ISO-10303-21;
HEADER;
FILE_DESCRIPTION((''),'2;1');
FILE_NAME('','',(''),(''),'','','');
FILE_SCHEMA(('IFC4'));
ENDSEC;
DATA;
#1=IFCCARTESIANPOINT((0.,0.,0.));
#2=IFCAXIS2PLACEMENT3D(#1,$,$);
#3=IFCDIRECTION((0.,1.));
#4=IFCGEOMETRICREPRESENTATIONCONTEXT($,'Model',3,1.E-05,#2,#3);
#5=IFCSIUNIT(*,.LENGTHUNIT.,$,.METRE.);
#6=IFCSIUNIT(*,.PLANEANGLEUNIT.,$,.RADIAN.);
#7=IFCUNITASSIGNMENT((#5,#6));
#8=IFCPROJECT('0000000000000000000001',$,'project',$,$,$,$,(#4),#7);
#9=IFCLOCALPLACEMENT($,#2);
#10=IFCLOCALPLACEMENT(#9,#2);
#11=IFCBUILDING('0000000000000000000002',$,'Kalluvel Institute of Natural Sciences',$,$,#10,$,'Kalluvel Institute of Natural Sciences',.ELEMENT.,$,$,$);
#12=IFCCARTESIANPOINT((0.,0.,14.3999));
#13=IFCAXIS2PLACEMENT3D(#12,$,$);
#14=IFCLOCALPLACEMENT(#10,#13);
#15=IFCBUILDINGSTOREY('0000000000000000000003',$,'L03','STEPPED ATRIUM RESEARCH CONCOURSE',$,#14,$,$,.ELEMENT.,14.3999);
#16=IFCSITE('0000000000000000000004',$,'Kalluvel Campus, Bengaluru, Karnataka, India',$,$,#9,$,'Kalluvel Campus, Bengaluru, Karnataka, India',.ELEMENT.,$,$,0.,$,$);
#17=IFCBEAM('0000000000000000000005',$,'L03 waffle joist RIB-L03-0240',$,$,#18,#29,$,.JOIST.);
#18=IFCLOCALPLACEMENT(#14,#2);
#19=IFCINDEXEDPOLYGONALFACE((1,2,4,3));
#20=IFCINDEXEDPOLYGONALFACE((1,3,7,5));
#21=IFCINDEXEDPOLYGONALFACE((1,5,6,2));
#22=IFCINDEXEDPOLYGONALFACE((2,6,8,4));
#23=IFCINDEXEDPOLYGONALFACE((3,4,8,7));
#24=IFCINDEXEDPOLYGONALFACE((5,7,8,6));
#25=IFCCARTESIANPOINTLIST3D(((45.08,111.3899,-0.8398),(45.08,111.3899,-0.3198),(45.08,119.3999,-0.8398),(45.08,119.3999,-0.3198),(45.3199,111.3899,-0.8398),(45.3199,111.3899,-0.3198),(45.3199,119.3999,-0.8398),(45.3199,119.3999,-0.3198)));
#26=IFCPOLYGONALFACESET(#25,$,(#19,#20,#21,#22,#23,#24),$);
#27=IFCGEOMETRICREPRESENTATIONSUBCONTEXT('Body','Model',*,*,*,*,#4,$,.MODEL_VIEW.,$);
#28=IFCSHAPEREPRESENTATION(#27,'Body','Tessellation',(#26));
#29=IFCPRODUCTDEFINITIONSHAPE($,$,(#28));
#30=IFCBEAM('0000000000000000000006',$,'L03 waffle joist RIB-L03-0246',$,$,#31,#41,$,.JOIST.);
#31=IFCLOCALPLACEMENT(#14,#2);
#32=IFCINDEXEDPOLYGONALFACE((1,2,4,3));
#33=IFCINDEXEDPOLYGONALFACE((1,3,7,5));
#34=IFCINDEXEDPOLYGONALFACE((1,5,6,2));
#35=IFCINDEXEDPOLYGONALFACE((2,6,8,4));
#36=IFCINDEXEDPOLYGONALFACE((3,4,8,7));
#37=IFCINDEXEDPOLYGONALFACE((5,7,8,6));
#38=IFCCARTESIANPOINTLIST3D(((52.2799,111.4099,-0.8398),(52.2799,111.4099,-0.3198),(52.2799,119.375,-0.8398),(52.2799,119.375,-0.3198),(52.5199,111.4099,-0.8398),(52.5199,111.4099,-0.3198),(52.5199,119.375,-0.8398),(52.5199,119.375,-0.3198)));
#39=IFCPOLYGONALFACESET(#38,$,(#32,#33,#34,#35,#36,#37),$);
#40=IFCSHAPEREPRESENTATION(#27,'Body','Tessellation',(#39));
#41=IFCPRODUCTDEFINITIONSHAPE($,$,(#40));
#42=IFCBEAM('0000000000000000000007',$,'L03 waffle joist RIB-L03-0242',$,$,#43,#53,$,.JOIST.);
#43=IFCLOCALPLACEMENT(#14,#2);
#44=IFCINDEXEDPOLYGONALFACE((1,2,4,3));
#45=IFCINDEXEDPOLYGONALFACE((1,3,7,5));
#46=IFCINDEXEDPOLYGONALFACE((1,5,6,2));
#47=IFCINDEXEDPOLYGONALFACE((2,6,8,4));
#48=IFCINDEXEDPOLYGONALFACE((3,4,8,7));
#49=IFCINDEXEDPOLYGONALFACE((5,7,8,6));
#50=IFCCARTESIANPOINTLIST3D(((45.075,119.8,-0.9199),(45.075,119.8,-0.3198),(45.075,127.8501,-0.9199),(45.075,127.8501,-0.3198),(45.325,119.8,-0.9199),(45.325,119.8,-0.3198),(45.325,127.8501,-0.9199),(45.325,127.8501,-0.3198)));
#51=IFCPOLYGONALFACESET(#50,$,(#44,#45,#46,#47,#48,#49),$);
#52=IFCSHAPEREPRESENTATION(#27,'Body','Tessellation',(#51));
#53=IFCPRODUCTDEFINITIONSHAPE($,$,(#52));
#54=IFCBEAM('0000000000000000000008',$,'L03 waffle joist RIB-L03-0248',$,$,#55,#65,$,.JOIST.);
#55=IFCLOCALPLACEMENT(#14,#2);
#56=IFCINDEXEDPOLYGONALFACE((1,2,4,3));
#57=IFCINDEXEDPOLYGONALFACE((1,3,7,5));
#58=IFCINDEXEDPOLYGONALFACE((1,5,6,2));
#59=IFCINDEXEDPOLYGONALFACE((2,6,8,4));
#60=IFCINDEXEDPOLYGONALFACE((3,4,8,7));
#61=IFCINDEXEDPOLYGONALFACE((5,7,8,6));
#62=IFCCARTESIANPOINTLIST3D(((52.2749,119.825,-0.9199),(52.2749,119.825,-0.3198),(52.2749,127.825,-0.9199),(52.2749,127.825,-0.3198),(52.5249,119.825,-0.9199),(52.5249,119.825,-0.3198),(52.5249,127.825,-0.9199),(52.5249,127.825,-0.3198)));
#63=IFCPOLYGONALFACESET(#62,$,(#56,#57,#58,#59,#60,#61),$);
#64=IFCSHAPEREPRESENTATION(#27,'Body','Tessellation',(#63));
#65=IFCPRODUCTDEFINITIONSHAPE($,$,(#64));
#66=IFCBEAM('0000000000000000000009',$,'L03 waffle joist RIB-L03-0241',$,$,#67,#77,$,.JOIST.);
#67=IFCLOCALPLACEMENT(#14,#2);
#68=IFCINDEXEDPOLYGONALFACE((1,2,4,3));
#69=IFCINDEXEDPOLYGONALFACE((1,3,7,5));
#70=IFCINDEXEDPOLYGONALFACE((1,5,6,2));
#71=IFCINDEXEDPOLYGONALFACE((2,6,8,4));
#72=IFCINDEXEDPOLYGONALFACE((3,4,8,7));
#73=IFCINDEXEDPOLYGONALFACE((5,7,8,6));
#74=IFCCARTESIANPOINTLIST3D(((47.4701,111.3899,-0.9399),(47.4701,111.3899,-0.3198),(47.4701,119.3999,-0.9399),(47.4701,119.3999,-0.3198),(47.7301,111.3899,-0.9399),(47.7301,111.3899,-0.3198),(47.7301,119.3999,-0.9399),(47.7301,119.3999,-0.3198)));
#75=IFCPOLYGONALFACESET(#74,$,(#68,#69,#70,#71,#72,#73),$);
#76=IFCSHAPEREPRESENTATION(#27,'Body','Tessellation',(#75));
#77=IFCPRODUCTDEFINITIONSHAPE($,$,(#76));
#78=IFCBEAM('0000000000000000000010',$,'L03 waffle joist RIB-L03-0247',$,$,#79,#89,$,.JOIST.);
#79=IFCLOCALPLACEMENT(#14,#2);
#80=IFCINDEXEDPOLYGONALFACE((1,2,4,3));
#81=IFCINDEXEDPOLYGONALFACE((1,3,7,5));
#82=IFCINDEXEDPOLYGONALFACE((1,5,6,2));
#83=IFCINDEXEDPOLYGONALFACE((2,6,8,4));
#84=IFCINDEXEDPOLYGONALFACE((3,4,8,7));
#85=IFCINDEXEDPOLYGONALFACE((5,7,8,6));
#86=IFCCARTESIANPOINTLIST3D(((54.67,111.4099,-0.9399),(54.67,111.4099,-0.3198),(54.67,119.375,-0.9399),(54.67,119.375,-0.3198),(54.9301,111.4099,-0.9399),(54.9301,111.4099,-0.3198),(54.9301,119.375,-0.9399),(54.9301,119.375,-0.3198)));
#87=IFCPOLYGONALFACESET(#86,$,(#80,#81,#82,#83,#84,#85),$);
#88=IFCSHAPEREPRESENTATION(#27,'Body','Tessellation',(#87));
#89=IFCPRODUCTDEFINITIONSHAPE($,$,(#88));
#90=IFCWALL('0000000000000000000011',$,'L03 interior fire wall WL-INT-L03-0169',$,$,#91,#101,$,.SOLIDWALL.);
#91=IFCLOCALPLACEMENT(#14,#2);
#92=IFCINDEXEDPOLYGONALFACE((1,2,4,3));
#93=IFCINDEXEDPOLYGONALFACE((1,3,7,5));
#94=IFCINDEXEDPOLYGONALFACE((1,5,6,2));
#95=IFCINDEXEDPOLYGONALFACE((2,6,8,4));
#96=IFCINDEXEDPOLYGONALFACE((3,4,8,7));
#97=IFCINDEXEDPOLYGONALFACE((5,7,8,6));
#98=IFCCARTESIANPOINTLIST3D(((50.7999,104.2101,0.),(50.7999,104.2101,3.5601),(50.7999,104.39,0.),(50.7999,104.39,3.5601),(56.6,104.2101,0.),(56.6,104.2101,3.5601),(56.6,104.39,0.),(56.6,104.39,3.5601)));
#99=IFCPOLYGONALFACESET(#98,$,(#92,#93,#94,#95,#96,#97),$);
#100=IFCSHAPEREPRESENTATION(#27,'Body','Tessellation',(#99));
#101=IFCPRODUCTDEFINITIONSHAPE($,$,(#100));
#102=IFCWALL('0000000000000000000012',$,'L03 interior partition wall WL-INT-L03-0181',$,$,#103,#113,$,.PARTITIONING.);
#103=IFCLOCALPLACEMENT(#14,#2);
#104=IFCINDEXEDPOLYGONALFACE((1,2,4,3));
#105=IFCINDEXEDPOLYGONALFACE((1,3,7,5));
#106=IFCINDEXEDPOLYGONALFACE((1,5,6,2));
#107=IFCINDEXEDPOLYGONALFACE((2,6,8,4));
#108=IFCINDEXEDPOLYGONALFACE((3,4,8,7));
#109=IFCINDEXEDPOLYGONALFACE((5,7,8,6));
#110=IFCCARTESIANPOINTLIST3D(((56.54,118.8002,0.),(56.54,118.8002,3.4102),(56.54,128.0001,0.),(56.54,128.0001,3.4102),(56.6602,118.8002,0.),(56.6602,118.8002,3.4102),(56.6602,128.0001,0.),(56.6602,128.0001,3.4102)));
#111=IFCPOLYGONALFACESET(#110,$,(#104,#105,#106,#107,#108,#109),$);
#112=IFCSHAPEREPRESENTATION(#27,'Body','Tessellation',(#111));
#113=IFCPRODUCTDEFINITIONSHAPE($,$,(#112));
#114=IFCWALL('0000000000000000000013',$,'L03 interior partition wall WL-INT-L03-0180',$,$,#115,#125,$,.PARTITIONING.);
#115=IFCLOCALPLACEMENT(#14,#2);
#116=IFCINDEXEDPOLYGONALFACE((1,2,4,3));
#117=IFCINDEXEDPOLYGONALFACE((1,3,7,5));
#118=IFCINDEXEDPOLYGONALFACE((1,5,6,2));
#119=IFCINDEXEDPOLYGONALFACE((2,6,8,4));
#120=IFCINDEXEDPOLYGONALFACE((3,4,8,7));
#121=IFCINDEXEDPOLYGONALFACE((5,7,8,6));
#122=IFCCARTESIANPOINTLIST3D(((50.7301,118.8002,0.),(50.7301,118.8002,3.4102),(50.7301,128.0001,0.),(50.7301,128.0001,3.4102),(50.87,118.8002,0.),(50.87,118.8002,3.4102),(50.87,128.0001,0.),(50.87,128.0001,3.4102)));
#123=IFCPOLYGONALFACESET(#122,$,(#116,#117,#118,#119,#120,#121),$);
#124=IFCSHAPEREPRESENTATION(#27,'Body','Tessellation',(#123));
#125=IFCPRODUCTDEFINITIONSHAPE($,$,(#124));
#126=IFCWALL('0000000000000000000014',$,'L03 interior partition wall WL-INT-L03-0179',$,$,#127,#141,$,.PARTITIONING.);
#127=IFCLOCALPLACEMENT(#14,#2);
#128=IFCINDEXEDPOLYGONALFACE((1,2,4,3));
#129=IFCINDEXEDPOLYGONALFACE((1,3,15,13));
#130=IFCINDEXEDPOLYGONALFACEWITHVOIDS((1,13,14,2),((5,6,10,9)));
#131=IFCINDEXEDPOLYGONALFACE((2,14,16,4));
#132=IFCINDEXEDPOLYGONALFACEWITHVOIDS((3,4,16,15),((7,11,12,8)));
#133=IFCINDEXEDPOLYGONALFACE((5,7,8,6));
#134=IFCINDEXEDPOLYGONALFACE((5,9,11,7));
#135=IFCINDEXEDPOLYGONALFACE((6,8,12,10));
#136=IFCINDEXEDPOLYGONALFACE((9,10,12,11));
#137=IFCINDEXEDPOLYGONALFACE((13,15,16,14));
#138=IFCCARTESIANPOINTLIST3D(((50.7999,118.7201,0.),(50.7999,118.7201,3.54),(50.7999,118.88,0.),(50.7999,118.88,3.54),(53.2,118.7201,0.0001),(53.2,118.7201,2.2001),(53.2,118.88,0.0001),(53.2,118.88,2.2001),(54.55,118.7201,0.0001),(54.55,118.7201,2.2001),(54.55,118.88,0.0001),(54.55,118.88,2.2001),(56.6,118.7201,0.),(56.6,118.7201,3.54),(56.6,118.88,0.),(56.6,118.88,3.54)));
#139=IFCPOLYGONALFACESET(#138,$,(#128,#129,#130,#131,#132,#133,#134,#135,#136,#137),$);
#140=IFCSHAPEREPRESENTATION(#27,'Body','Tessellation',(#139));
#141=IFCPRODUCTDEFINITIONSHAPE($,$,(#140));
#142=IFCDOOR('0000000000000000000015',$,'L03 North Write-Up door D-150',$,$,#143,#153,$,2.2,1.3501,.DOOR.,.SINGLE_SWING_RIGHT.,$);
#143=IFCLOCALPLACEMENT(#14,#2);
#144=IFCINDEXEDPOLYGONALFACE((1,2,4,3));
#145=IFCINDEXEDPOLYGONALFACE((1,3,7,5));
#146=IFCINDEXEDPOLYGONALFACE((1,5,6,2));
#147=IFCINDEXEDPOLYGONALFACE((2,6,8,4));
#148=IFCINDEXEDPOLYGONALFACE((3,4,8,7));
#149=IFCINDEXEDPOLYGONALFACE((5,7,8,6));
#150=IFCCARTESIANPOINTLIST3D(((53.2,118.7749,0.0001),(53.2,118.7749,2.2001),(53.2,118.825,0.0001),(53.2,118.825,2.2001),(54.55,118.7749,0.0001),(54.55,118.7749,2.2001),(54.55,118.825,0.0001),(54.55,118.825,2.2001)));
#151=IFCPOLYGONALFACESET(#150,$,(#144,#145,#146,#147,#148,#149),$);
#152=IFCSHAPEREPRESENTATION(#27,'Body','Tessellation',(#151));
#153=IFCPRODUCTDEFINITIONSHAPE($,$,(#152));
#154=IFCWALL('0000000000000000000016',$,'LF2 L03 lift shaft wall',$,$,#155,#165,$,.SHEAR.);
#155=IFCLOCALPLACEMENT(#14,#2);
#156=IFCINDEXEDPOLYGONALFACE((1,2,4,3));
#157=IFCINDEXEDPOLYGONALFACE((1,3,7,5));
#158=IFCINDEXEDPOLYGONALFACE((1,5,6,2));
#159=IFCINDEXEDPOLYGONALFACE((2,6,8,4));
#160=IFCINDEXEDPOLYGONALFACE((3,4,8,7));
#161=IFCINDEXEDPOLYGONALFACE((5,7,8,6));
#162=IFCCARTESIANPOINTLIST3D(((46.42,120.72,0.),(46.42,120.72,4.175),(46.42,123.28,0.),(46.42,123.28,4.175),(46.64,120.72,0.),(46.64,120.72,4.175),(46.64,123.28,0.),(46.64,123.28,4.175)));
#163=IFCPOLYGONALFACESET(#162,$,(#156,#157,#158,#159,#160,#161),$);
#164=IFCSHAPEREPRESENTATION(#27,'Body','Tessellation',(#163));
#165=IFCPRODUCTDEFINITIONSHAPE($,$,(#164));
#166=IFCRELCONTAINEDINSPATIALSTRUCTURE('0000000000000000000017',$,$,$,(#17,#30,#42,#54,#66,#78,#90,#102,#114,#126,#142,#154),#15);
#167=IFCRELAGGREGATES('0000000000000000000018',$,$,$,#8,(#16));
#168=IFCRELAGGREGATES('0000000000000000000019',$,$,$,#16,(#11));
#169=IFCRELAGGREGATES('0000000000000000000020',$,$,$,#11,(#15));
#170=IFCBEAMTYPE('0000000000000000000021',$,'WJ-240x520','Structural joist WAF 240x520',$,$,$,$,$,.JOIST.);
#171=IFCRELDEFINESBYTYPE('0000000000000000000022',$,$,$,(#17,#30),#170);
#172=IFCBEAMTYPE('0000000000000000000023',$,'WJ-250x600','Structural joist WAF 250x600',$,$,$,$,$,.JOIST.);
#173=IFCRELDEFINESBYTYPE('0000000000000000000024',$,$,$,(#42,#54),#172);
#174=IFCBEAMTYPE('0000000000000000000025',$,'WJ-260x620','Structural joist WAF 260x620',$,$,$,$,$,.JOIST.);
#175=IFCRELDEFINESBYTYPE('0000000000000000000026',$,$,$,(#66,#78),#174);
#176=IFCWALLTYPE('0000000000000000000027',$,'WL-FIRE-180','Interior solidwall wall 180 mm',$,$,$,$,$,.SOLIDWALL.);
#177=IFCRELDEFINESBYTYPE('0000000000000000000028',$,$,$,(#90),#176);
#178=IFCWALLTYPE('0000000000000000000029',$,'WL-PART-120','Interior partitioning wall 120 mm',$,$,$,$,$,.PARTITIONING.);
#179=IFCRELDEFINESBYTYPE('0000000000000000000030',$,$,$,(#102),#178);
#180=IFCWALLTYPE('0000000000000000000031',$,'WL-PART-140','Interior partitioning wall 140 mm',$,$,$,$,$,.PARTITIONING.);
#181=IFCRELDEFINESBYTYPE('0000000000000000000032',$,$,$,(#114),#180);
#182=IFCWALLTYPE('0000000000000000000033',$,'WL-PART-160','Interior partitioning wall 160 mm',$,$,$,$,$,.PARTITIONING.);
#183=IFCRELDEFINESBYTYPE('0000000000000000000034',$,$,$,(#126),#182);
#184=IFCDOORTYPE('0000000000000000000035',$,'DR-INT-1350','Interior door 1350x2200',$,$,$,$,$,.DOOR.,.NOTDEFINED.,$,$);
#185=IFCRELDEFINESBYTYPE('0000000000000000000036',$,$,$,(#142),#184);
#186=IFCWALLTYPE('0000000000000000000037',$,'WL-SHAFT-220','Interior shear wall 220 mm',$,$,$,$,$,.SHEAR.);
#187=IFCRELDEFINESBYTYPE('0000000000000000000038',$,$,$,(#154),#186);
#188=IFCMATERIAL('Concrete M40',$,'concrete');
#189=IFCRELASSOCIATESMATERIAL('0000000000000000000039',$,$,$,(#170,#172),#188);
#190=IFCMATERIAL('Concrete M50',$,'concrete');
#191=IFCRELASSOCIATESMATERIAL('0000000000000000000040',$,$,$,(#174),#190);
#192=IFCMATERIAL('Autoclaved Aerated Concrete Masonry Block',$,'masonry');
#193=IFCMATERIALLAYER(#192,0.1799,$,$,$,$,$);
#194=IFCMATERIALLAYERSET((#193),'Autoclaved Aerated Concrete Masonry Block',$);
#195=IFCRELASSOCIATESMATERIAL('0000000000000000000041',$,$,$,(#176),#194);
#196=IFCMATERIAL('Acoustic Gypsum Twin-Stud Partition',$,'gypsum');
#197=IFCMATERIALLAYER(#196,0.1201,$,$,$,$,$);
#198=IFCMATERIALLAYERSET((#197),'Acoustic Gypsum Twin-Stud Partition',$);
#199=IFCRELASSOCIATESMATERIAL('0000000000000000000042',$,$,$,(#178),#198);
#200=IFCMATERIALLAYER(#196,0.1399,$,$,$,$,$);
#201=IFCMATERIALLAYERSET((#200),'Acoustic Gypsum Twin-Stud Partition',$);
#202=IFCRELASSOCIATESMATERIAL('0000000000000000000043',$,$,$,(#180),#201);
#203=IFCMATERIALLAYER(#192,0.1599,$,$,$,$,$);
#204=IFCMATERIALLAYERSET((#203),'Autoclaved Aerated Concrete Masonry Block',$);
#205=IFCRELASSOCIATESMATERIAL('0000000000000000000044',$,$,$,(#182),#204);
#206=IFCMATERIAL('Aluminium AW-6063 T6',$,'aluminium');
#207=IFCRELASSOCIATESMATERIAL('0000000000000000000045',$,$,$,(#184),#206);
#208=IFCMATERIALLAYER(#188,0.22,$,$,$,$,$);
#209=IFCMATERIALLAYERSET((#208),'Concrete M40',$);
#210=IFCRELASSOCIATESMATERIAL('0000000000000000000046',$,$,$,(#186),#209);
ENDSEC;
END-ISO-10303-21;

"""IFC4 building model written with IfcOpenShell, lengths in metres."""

from ifc_helpers import new_model, si_unit, direction, frame, frame_2d, origin, origin_2d, place, context, subcontext, project, spatial, rectangle, extrude, material, layer, layer_set, material_profile, profile_set, type_object, element, fill, save


model = new_model("IFC4")

# Units and contexts
model_context = context("Model", 3, precision=1e-05, world=origin(), true_north=direction((0.0, 1.0)))
body_context = subcontext(model_context, "Body", "Model", "MODEL_VIEW")
ifc_project = project(units=[si_unit("LENGTHUNIT", "METRE"), si_unit("PLANEANGLEUNIT", "RADIAN")], contexts=[model_context])

# Site, building, storey
site_placement = place(None, origin())
site = spatial("IfcSite", under=ifc_project, at=site_placement, Name="Kalluvel Campus, Bengaluru, Karnataka, India", LongName="Kalluvel Campus, Bengaluru, Karnataka, India", CompositionType="ELEMENT", RefElevation=0.0)
building_placement = place(site_placement, origin())
building = spatial("IfcBuilding", under=site, at=building_placement, Name="Kalluvel Institute of Natural Sciences", LongName="Kalluvel Institute of Natural Sciences", CompositionType="ELEMENT")
storey_placement = place(building_placement, frame((0.0, 0.0, 14.3999)))
storey = spatial("IfcBuildingStorey", under=building, at=storey_placement, Name="L03", Description="STEPPED ATRIUM RESEARCH CONCOURSE", CompositionType="ELEMENT", Elevation=14.3999)

# Shared definitions
ifc_material_1 = material(Name="Concrete M50", Category="concrete")

# Beams
ifc_material_2 = material(Name="Concrete M40", Category="concrete")
ifc_material_profile_1 = material_profile(ifc_material_2, rectangle(XDim=0.24, YDim=0.52, at=origin_2d()), Name="WAF 240x520")
ifc_profile_set_1 = profile_set([ifc_material_profile_1], Name="Concrete M40")
beam_type_1 = type_object("IfcBeamType", Name="WJ-240x520", Description="Structural joist WAF 240x520", PredefinedType="JOIST", material=ifc_profile_set_1)
beam_1_placement = place(storey_placement, frame((45.2, 111.3899, -0.5798), z_axis=(0.0, 1.0, 0.0), x_axis=(-1.0, 0.0, 0.0)))
element("IfcBeam", 1, at=beam_1_placement, inside=storey, type_object=beam_type_1, Name="L03 waffle joist RIB-L03-0240", PredefinedType="JOIST", context=body_context, shape_type="SweptSolid", body=[
    extrude(rectangle(XDim=0.24, YDim=0.52, at=origin_2d()), origin(), (0.0, 0.0, 1.0), 8.01),
])
beam_2_placement = place(storey_placement, frame((52.3999, 111.4099, -0.5798), z_axis=(0.0, 1.0, 0.0), x_axis=(-1.0, 0.0, 0.0)))
element("IfcBeam", 2, at=beam_2_placement, inside=storey, type_object=beam_type_1, Name="L03 waffle joist RIB-L03-0246", PredefinedType="JOIST", context=body_context, shape_type="SweptSolid", body=[
    extrude(rectangle(XDim=0.24, YDim=0.52, at=origin_2d()), origin(), (0.0, 0.0, 1.0), 7.9651),
])
ifc_material_profile_2 = material_profile(ifc_material_2, rectangle(XDim=0.25, YDim=0.6001, at=origin_2d()), Name="WAF 250x600")
ifc_profile_set_2 = profile_set([ifc_material_profile_2], Name="Concrete M40")
beam_type_2 = type_object("IfcBeamType", Name="WJ-250x600", Description="Structural joist WAF 250x600", PredefinedType="JOIST", material=ifc_profile_set_2)
beam_3_placement = place(storey_placement, frame((45.2, 119.8, -0.6199), z_axis=(0.0, 1.0, 0.0), x_axis=(-1.0, 0.0, 0.0)))
element("IfcBeam", 3, at=beam_3_placement, inside=storey, type_object=beam_type_2, Name="L03 waffle joist RIB-L03-0242", PredefinedType="JOIST", context=body_context, shape_type="SweptSolid", body=[
    extrude(rectangle(XDim=0.25, YDim=0.6001, at=origin_2d()), origin(), (0.0, 0.0, 1.0), 8.05),
])
beam_4_placement = place(storey_placement, frame((52.3999, 119.825, -0.6199), z_axis=(0.0, 1.0, 0.0), x_axis=(-1.0, 0.0, 0.0)))
element("IfcBeam", 4, at=beam_4_placement, inside=storey, type_object=beam_type_2, Name="L03 waffle joist RIB-L03-0248", PredefinedType="JOIST", context=body_context, shape_type="SweptSolid", body=[
    extrude(rectangle(XDim=0.25, YDim=0.6001, at=origin_2d()), origin(), (0.0, 0.0, 1.0), 8.0),
])
ifc_material_profile_3 = material_profile(ifc_material_1, rectangle(XDim=0.26, YDim=0.6201, at=origin_2d()), Name="WAF 260x620")
ifc_profile_set_3 = profile_set([ifc_material_profile_3], Name="Concrete M50")
beam_type_3 = type_object("IfcBeamType", Name="WJ-260x620", Description="Structural joist WAF 260x620", PredefinedType="JOIST", material=ifc_profile_set_3)
beam_5_placement = place(storey_placement, frame((47.6001, 111.3899, -0.6299), z_axis=(0.0, 1.0, 0.0), x_axis=(-1.0, 0.0, 0.0)))
element("IfcBeam", 5, at=beam_5_placement, inside=storey, type_object=beam_type_3, Name="L03 waffle joist RIB-L03-0241", PredefinedType="JOIST", context=body_context, shape_type="SweptSolid", body=[
    extrude(rectangle(XDim=0.26, YDim=0.6201, at=origin_2d()), origin(), (0.0, 0.0, 1.0), 8.01),
])
beam_6_placement = place(storey_placement, frame((54.8, 111.4099, -0.6299), z_axis=(0.0, 1.0, 0.0), x_axis=(-1.0, 0.0, 0.0)))
element("IfcBeam", 6, at=beam_6_placement, inside=storey, type_object=beam_type_3, Name="L03 waffle joist RIB-L03-0247", PredefinedType="JOIST", context=body_context, shape_type="SweptSolid", body=[
    extrude(rectangle(XDim=0.26, YDim=0.6201, at=origin_2d()), origin(), (0.0, 0.0, 1.0), 7.9651),
])

# Walls
ifc_material_3 = material(Name="Autoclaved Aerated Concrete Masonry Block", Category="masonry")
ifc_layer_1 = layer(ifc_material_3, 0.1799)
ifc_layer_set_1 = layer_set([ifc_layer_1], Name="Autoclaved Aerated Concrete Masonry Block")
wall_type_1 = type_object("IfcWallType", Name="WL-FIRE-180", Description="Interior solidwall wall 180 mm", PredefinedType="SOLIDWALL", material=ifc_layer_set_1)
wall_1_placement = place(storey_placement, frame((50.8, 104.3, 0.0), z_axis=(0.0, 0.0, 1.0), x_axis=(1.0, 0.0, 0.0)))
element("IfcWall", 7, at=wall_1_placement, inside=storey, type_object=wall_type_1, Name="L03 interior fire wall WL-INT-L03-0169", PredefinedType="SOLIDWALL", context=body_context, shape_type="SweptSolid", body=[
    extrude(rectangle(XDim=5.8, YDim=0.1799, at=frame_2d((2.8999, 0.0))), origin(), (0.0, 0.0, 1.0), 3.5601),
])
ifc_material_4 = material(Name="Acoustic Gypsum Twin-Stud Partition", Category="gypsum")
ifc_layer_2 = layer(ifc_material_4, 0.1201)
ifc_layer_set_2 = layer_set([ifc_layer_2], Name="Acoustic Gypsum Twin-Stud Partition")
wall_type_2 = type_object("IfcWallType", Name="WL-PART-120", Description="Interior partitioning wall 120 mm", PredefinedType="PARTITIONING", material=ifc_layer_set_2)
wall_2_placement = place(storey_placement, frame((56.6001, 118.8, 0.0), z_axis=(0.0, 0.0, 1.0), x_axis=(0.0, 1.0, 0.0)))
element("IfcWall", 8, at=wall_2_placement, inside=storey, type_object=wall_type_2, Name="L03 interior partition wall WL-INT-L03-0181", PredefinedType="PARTITIONING", context=body_context, shape_type="SweptSolid", body=[
    extrude(rectangle(XDim=9.2, YDim=0.1201, at=frame_2d((4.6001, 0.0))), origin(), (0.0, 0.0, 1.0), 3.4102),
])
ifc_layer_3 = layer(ifc_material_4, 0.1399)
ifc_layer_set_3 = layer_set([ifc_layer_3], Name="Acoustic Gypsum Twin-Stud Partition")
wall_type_3 = type_object("IfcWallType", Name="WL-PART-140", Description="Interior partitioning wall 140 mm", PredefinedType="PARTITIONING", material=ifc_layer_set_3)
wall_3_placement = place(storey_placement, frame((50.8, 118.8, 0.0), z_axis=(0.0, 0.0, 1.0), x_axis=(0.0, 1.0, 0.0)))
element("IfcWall", 9, at=wall_3_placement, inside=storey, type_object=wall_type_3, Name="L03 interior partition wall WL-INT-L03-0180", PredefinedType="PARTITIONING", context=body_context, shape_type="SweptSolid", body=[
    extrude(rectangle(XDim=9.2, YDim=0.1399, at=frame_2d((4.6001, 0.0))), origin(), (0.0, 0.0, 1.0), 3.4102),
])

# Wall, opening, door
ifc_layer_4 = layer(ifc_material_3, 0.1599)
ifc_layer_set_4 = layer_set([ifc_layer_4], Name="Autoclaved Aerated Concrete Masonry Block")
wall_type_4 = type_object("IfcWallType", Name="WL-PART-160", Description="Interior partitioning wall 160 mm", PredefinedType="PARTITIONING", material=ifc_layer_set_4)
wall_4_placement = place(storey_placement, frame((50.8, 118.8, 0.0), z_axis=(0.0, 0.0, 1.0), x_axis=(1.0, 0.0, 0.0)))
wall_4 = element("IfcWall", 10, at=wall_4_placement, inside=storey, type_object=wall_type_4, Name="L03 interior partition wall WL-INT-L03-0179", PredefinedType="PARTITIONING", context=body_context, shape_type="SweptSolid", body=[
    extrude(rectangle(XDim=5.8, YDim=0.1599, at=frame_2d((2.8999, 0.0))), origin(), (0.0, 0.0, 1.0), 3.54),
])
opening_1_placement = place(wall_4_placement, frame((2.3999, 0.0, 0.0)))
opening_1 = element("IfcOpeningElement", 11, at=opening_1_placement, cuts=wall_4, PredefinedType="OPENING", context=body_context, shape_type="SweptSolid", body=[
    extrude(rectangle(XDim=1.3501, YDim=2.2, at=frame_2d((0.675, 1.1001))), frame((0.0, 0.0898, 0.0), z_axis=(0.0, -1.0, 0.0), x_axis=(1.0, 0.0, 0.0)), (0.0, 0.0, 1.0), 0.1799),
])
ifc_material_5 = material(Name="Aluminium AW-6063 T6", Category="aluminium")
door_type_1 = type_object("IfcDoorType", Name="DR-INT-1350", Description="Interior door 1350x2200", OperationType="NOTDEFINED", PredefinedType="DOOR", material=ifc_material_5)
door_1_placement = place(opening_1_placement, origin())
door_1 = element("IfcDoor", 12, at=door_1_placement, inside=storey, type_object=door_type_1, Name="L03 North Write-Up door D-150", OperationType="SINGLE_SWING_RIGHT", OverallHeight=2.2, OverallWidth=1.3501, PredefinedType="DOOR", context=body_context, shape_type="SweptSolid", body=[
    extrude(rectangle(XDim=1.3501, YDim=2.2, at=frame_2d((0.675, 1.1001))), frame((0.0, 0.0249, 0.0), z_axis=(0.0, -1.0, 0.0), x_axis=(1.0, 0.0, 0.0)), (0.0, 0.0, 1.0), 0.05),
])
fill(opening_1, door_1)
ifc_layer_5 = layer(ifc_material_2, 0.22)
ifc_layer_set_5 = layer_set([ifc_layer_5], Name="Concrete M40")
wall_type_5 = type_object("IfcWallType", Name="WL-SHAFT-220", Description="Interior shear wall 220 mm", PredefinedType="SHEAR", material=ifc_layer_set_5)

# Wall
wall_5_placement = place(storey_placement, frame((46.53, 120.72, 0.0), z_axis=(0.0, 0.0, 1.0), x_axis=(0.0, 1.0, 0.0)))
element("IfcWall", 13, at=wall_5_placement, inside=storey, type_object=wall_type_5, Name="LF2 L03 lift shaft wall", PredefinedType="SHEAR", context=body_context, shape_type="SweptSolid", body=[
    extrude(rectangle(XDim=2.5601, YDim=0.22, at=frame_2d((1.28, 0.0))), origin(), (0.0, 0.0, 1.0), 4.175),
])

save(model, "model.ifc")
